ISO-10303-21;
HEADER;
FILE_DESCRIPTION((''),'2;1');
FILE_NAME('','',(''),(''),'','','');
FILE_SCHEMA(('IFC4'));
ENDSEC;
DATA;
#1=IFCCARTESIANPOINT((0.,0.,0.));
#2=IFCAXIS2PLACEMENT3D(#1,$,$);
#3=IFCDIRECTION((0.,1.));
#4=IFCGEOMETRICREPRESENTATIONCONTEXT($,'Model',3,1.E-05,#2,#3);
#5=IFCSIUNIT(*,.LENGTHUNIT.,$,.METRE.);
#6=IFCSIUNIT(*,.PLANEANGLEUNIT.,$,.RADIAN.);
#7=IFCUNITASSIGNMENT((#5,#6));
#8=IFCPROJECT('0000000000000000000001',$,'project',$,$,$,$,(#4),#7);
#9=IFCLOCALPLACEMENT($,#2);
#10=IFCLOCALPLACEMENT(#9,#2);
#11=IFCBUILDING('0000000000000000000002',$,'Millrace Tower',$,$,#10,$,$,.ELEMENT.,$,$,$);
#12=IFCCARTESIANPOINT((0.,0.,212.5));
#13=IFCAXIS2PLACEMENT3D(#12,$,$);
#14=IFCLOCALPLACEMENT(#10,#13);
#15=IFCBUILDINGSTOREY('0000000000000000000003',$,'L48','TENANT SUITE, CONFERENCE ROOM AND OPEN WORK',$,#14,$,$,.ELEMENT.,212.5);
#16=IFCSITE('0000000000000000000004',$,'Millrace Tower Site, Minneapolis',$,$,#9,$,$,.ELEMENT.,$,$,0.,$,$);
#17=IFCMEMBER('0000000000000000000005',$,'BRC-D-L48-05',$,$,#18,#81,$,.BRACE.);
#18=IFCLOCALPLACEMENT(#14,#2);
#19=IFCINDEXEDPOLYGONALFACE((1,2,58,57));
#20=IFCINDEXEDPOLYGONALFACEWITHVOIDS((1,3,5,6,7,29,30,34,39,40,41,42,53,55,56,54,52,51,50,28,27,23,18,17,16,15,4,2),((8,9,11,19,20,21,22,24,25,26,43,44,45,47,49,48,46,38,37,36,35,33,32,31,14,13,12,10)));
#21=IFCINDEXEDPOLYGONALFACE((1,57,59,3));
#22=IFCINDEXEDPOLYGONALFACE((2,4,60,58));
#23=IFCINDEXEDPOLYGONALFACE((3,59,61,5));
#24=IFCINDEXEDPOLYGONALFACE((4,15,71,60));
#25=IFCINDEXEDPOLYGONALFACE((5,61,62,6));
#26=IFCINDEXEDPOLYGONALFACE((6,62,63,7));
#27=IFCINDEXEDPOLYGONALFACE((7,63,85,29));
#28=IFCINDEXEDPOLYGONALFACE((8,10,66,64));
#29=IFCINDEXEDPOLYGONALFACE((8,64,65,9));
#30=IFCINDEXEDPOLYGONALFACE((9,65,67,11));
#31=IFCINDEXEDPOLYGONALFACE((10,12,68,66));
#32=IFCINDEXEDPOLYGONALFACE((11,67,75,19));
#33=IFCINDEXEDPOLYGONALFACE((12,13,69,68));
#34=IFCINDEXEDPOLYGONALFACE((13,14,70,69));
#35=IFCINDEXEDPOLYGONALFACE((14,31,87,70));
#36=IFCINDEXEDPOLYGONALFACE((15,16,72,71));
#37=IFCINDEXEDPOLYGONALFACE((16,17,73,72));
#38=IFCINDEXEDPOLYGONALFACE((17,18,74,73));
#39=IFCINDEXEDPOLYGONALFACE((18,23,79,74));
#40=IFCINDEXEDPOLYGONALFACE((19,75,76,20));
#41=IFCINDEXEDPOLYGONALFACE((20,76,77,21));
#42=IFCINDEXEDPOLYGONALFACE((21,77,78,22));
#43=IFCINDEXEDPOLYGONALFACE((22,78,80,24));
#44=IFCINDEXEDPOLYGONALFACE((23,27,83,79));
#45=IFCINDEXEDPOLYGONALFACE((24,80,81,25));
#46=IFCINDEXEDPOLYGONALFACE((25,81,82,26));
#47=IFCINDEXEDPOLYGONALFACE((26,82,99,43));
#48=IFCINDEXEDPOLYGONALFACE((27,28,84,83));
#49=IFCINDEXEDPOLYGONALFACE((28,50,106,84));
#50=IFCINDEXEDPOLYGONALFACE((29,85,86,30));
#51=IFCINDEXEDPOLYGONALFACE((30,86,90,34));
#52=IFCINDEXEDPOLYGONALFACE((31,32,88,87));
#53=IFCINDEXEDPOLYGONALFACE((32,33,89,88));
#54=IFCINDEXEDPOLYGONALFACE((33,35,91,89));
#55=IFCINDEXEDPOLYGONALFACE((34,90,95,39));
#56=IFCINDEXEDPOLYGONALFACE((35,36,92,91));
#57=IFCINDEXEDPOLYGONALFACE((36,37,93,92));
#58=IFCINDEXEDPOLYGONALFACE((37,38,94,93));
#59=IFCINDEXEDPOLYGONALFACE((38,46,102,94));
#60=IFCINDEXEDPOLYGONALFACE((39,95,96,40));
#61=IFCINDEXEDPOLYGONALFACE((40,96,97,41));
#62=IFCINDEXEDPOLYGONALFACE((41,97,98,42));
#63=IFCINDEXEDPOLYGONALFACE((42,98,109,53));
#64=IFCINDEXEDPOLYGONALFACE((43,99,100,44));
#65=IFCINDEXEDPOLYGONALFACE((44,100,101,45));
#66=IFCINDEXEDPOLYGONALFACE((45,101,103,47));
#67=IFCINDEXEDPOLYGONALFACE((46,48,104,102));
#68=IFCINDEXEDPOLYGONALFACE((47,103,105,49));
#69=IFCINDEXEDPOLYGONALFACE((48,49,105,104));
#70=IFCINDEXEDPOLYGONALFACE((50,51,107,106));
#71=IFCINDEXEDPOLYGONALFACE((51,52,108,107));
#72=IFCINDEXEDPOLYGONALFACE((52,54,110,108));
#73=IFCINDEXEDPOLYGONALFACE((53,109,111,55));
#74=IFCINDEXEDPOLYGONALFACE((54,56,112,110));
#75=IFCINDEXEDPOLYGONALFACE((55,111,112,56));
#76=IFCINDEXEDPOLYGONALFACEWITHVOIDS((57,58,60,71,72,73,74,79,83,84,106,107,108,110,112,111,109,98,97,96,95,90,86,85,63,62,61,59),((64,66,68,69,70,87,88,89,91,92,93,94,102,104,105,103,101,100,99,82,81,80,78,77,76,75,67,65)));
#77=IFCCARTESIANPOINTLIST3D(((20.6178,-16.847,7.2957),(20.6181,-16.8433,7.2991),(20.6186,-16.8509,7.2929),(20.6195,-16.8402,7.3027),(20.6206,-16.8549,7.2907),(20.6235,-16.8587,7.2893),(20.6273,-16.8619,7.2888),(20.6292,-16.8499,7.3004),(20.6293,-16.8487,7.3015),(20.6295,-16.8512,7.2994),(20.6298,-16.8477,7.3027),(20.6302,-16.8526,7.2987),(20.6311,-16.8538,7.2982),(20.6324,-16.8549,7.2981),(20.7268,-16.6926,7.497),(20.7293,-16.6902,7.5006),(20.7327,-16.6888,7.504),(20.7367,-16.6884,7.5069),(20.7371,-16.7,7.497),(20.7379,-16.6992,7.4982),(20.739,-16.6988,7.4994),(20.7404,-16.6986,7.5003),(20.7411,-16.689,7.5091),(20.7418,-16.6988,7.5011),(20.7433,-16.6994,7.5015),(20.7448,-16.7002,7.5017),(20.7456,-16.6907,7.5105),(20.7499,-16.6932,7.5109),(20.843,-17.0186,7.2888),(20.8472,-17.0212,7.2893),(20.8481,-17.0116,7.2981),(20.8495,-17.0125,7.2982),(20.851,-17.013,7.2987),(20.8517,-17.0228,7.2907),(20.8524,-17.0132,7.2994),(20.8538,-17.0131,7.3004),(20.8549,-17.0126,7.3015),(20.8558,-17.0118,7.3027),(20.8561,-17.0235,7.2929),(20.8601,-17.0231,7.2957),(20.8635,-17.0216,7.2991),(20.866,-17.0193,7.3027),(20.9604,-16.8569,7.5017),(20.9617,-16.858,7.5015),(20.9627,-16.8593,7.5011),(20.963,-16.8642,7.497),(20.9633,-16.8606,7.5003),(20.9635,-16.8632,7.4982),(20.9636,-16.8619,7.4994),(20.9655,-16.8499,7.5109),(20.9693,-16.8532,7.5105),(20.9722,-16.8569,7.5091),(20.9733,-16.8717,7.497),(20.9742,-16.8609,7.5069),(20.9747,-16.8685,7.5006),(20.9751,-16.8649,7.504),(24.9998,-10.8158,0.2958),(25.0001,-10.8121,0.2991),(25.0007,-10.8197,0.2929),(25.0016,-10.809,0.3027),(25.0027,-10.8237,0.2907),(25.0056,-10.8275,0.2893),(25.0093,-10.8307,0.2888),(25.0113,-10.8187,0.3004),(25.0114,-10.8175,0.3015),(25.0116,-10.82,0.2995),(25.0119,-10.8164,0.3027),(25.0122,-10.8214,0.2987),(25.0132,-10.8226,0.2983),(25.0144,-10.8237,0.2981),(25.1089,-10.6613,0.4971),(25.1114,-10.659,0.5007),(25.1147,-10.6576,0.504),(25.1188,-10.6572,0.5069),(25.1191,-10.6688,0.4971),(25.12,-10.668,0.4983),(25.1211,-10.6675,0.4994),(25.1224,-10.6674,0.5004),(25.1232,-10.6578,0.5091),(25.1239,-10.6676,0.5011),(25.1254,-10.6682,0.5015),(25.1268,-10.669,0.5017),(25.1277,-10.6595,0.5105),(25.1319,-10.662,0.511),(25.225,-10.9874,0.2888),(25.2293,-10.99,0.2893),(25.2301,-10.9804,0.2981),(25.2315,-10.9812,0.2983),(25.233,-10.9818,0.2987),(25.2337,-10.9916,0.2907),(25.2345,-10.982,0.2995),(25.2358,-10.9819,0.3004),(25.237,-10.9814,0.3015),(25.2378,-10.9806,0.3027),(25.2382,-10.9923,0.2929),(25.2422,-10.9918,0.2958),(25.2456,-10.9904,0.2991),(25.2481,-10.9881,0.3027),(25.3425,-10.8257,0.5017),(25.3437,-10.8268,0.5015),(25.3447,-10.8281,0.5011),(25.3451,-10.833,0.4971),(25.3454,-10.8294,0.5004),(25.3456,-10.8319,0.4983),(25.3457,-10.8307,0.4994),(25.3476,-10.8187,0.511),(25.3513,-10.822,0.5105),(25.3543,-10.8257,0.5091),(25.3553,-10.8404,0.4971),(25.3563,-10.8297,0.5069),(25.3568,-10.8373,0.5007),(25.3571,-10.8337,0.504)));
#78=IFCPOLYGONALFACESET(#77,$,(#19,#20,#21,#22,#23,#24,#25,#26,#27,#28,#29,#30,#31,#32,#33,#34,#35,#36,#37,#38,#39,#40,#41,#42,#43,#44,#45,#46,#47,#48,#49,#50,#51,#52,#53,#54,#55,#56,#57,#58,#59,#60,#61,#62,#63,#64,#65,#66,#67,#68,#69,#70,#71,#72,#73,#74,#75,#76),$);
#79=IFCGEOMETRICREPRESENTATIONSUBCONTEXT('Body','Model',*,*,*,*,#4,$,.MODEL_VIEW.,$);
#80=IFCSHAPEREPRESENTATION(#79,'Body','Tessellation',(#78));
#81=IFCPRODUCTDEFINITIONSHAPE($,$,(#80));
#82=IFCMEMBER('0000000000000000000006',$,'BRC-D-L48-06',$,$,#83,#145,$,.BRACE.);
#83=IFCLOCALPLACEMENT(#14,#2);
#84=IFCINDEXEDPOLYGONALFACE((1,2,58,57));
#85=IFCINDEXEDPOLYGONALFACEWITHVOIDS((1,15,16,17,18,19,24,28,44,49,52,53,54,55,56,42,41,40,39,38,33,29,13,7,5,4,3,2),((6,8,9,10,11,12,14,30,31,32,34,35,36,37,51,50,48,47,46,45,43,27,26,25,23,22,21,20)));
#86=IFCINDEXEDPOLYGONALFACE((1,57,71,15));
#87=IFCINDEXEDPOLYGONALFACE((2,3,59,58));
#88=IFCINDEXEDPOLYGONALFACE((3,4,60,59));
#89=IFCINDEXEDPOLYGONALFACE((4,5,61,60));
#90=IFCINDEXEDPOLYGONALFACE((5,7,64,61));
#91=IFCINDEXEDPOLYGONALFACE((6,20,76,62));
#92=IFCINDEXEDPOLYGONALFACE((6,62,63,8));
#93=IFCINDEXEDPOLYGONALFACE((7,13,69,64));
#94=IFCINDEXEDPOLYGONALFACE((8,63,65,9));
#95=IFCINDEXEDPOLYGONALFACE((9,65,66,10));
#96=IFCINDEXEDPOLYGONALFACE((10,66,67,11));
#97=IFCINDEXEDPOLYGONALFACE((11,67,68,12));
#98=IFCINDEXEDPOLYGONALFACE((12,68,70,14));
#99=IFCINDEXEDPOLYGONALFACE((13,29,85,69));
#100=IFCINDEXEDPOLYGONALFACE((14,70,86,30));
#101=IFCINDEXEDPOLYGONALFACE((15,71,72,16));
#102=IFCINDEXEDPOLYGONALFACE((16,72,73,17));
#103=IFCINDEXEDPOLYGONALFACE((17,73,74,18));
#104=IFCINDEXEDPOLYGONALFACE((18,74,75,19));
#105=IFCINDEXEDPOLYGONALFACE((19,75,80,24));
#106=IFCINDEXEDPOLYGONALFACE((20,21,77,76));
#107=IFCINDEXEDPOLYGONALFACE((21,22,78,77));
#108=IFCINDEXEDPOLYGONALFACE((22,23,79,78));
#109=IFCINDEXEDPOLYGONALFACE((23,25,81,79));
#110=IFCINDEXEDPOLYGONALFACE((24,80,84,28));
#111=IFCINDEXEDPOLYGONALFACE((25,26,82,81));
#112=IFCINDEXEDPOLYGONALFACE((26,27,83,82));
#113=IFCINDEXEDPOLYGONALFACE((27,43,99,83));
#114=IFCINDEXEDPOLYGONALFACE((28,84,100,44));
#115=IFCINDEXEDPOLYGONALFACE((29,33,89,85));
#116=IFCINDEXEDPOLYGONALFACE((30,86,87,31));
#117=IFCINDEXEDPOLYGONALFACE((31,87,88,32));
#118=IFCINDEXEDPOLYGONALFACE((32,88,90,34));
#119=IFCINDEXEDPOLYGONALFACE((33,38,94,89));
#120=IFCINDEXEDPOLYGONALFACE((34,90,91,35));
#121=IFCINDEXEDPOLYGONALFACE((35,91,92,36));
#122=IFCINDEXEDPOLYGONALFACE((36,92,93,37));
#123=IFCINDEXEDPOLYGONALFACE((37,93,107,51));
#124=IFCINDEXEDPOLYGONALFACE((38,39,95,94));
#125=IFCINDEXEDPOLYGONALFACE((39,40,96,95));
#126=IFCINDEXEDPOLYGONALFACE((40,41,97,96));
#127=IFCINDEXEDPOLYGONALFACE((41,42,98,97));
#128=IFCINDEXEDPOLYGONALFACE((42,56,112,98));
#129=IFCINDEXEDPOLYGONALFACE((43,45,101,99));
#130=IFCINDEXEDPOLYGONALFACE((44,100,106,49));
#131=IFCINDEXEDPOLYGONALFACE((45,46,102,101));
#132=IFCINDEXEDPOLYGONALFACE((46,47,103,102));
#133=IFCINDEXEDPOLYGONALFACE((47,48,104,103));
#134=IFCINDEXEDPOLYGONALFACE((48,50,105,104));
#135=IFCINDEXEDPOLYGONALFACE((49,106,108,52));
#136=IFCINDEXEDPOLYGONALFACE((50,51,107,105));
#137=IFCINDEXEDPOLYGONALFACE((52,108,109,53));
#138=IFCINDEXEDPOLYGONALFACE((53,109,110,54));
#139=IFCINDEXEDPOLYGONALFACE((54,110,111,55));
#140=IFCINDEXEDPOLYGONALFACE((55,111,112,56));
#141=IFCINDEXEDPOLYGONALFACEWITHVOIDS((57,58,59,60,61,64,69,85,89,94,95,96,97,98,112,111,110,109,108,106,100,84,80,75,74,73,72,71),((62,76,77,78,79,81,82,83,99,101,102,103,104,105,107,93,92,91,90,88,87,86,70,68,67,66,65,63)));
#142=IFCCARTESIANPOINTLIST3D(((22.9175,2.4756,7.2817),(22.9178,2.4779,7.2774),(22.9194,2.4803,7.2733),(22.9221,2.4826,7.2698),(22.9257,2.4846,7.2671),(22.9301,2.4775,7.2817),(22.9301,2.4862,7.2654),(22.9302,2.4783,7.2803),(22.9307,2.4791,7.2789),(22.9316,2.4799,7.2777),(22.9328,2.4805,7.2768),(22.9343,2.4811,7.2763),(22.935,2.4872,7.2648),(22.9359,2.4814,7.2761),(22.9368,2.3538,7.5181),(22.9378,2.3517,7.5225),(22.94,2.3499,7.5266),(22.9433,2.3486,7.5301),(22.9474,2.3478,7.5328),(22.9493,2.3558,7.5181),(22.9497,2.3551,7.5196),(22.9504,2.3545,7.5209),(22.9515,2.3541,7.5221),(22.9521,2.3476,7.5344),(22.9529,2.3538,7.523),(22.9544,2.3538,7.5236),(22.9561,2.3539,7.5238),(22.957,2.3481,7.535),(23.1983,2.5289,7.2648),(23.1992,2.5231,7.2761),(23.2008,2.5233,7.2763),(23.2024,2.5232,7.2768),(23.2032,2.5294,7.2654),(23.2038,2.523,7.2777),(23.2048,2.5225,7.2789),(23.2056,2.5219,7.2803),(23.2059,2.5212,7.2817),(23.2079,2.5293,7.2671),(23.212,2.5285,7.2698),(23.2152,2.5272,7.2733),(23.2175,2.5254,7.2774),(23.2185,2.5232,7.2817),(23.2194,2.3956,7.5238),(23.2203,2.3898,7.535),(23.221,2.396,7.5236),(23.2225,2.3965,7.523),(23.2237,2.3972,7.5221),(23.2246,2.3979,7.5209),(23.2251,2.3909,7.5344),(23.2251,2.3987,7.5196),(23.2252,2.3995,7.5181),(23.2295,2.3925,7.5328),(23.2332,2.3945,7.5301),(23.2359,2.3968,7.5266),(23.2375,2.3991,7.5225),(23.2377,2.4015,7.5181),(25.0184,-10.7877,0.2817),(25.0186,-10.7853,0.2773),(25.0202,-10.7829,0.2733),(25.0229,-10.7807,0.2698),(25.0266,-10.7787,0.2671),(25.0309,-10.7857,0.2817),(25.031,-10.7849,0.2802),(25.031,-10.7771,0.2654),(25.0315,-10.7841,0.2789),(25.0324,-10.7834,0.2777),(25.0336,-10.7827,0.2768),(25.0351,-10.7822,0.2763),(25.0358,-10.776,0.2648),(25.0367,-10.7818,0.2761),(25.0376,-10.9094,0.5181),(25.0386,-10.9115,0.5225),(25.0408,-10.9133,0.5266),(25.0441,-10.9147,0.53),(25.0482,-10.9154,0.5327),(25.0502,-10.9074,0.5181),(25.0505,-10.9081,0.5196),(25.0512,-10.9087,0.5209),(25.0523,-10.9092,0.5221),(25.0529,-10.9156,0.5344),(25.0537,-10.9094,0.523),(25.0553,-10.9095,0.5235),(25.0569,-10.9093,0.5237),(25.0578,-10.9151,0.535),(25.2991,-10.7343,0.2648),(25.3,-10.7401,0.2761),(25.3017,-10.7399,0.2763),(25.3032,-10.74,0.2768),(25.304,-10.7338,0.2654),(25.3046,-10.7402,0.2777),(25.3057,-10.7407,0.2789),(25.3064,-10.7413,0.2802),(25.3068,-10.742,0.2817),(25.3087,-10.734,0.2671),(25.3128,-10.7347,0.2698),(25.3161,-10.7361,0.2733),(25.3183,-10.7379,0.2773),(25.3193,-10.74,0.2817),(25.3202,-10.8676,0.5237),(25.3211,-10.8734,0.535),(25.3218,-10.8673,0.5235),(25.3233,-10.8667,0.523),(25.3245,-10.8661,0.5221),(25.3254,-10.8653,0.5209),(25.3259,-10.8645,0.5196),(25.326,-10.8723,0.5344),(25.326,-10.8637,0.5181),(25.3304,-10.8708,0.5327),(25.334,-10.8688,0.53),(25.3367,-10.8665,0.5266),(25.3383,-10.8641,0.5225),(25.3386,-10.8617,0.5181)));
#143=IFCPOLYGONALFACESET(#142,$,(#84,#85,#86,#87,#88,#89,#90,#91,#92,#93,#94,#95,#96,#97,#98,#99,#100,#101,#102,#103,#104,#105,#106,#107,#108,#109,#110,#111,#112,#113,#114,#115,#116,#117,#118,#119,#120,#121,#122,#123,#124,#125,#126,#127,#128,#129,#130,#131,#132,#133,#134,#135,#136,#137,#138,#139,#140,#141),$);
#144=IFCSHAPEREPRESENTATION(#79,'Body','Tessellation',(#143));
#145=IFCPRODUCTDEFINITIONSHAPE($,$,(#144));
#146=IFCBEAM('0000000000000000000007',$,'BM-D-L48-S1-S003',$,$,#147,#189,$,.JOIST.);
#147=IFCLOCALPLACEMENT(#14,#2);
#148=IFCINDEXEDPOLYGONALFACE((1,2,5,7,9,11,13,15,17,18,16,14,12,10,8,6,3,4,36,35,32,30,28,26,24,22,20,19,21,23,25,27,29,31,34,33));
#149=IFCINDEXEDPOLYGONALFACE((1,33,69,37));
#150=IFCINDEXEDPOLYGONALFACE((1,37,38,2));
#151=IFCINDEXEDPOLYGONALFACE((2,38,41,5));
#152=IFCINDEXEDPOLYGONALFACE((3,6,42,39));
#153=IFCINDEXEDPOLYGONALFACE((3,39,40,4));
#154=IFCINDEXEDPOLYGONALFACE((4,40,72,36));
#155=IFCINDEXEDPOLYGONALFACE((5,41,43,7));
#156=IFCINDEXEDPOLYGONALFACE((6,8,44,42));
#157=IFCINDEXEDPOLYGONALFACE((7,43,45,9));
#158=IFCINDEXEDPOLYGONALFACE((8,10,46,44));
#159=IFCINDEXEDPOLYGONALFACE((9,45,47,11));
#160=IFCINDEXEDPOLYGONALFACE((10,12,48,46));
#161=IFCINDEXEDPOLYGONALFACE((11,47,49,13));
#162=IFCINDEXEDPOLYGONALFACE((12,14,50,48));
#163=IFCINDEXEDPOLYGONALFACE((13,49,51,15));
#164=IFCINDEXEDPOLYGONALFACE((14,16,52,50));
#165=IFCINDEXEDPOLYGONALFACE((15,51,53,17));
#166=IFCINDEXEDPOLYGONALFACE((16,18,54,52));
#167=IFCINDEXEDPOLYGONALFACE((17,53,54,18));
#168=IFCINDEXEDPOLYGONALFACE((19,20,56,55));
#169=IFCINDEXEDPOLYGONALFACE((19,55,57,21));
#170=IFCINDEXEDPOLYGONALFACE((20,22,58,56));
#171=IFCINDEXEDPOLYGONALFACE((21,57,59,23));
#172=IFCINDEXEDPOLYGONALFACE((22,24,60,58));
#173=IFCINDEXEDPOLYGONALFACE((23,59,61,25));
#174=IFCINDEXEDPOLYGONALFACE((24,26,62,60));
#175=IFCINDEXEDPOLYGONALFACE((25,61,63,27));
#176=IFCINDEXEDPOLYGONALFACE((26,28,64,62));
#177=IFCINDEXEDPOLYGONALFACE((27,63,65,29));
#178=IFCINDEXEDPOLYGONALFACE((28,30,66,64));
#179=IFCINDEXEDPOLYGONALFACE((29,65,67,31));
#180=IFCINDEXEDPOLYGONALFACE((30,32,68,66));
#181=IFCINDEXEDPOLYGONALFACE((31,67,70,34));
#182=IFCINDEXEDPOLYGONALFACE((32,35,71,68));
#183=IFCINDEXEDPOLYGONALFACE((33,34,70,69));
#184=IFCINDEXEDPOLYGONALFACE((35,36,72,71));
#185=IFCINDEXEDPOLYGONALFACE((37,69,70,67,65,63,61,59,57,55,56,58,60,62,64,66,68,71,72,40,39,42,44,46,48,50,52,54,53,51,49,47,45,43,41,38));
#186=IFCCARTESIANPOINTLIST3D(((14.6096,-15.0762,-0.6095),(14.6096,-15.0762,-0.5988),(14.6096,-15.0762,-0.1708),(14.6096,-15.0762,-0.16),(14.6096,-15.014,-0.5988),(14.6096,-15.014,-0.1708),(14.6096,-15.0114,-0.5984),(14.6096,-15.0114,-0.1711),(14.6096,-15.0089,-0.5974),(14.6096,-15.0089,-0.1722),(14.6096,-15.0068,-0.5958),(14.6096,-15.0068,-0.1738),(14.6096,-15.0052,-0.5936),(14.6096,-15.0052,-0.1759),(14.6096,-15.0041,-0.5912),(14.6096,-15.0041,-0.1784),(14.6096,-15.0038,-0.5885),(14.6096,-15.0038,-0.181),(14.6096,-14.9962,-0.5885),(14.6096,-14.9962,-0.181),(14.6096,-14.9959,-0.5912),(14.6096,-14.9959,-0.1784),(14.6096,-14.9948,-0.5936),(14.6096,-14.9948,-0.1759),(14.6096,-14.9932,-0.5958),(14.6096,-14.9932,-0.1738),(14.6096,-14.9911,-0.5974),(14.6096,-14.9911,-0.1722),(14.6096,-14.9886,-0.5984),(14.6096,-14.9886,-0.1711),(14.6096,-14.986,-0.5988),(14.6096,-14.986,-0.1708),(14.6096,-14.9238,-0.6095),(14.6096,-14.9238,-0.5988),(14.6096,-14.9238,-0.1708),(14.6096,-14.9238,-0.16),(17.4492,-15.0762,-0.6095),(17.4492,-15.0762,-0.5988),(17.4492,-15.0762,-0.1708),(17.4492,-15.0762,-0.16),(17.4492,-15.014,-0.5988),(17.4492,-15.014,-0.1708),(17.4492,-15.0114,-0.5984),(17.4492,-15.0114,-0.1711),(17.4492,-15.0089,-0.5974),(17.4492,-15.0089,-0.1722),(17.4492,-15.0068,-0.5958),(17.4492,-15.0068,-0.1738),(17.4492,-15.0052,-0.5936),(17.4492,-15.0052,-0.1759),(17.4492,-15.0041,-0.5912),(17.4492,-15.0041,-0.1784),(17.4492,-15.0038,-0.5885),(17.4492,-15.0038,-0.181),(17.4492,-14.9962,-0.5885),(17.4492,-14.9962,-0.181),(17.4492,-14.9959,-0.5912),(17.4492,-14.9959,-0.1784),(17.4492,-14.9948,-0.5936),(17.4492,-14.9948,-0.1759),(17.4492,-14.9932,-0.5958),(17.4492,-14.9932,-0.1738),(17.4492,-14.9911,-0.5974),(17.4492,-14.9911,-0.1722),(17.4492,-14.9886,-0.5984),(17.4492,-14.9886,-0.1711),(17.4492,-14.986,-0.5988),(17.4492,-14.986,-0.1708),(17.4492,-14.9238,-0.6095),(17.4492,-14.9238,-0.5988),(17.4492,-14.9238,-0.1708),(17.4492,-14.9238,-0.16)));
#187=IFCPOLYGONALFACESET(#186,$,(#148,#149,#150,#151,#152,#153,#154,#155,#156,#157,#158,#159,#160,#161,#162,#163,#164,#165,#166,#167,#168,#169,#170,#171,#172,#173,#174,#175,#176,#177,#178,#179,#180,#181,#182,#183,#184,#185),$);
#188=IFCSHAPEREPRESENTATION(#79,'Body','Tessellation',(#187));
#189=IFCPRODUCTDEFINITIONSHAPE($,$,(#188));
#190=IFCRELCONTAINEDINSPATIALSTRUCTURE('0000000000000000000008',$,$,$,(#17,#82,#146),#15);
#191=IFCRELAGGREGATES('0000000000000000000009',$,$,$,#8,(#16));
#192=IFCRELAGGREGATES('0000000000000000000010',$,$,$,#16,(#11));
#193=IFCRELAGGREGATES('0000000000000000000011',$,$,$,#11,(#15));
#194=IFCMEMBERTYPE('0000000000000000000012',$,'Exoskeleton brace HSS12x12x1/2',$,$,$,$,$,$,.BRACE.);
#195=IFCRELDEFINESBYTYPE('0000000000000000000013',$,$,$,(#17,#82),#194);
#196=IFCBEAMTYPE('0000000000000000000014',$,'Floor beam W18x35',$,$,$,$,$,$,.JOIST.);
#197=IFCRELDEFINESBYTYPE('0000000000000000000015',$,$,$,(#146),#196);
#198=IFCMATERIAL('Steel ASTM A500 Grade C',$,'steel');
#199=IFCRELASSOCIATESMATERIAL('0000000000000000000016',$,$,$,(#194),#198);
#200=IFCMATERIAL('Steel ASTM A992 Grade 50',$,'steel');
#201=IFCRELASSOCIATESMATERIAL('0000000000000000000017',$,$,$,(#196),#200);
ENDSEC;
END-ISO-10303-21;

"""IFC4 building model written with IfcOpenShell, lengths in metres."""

from ifc_helpers import new_model, si_unit, direction, frame, origin, origin_2d, place, context, subcontext, project, spatial, hollow_rectangle, i_section, extrude, material, material_profile, profile_set, type_object, element, save


model = new_model("IFC4")

# Units and contexts
model_context = context("Model", 3, precision=1e-05, world=origin(), true_north=direction((0.0, 1.0)))
body_context = subcontext(model_context, "Body", "Model", "MODEL_VIEW")
ifc_project = project(units=[si_unit("LENGTHUNIT", "METRE"), si_unit("PLANEANGLEUNIT", "RADIAN")], contexts=[model_context])

# Site, building, storey
site_placement = place(None, origin())
site = spatial("IfcSite", under=ifc_project, at=site_placement, Name="Millrace Tower Site, Minneapolis", CompositionType="ELEMENT", RefElevation=0.0)
building_placement = place(site_placement, origin())
building = spatial("IfcBuilding", under=site, at=building_placement, Name="Millrace Tower", CompositionType="ELEMENT")
storey_placement = place(building_placement, frame((0.0, 0.0, 212.5)))
storey = spatial("IfcBuildingStorey", under=building, at=storey_placement, Name="L48", Description="TENANT SUITE, CONFERENCE ROOM AND OPEN WORK", CompositionType="ELEMENT", Elevation=212.5)

# Members
ifc_material_1 = material(Name="Steel ASTM A500 Grade C", Category="steel")
ifc_material_profile_1 = material_profile(ifc_material_1, hollow_rectangle(XDim=0.3047, YDim=0.3047, WallThickness=0.0127, InnerFilletRadius=0.0063, OuterFilletRadius=0.019, at=origin_2d()))
ifc_profile_set_1 = profile_set([ifc_material_profile_1], Name="Steel ASTM A500 Grade C")
member_type_1 = type_object("IfcMemberType", Name="Exoskeleton brace HSS12x12x1/2", PredefinedType="BRACE", material=ifc_profile_set_1)
member_1_placement = place(storey_placement, frame((25.1785, -10.8247, 0.3999), z_axis=(-0.428508, -0.589774, 0.684505), x_axis=(0.809009, -0.587796, 0.0)))
element("IfcMember", 1, at=member_1_placement, inside=storey, type_object=member_type_1, Name="BRC-D-L48-05", PredefinedType="BRACE", context=body_context, shape_type="SweptSolid", body=[
    extrude(hollow_rectangle(XDim=0.3047, YDim=0.3047, WallThickness=0.0127, InnerFilletRadius=0.0063, OuterFilletRadius=0.019, at=origin_2d()), origin(), (0.0, 0.0, 1.0), 10.2263),
])
member_2_placement = place(storey_placement, frame((25.1785, -10.8247, 0.3999), z_axis=(-0.138728, 0.875834, 0.462245), x_axis=(-0.987687, -0.156445, 0.0)))
element("IfcMember", 2, at=member_2_placement, inside=storey, type_object=member_type_1, Name="BRC-D-L48-06", PredefinedType="BRACE", context=body_context, shape_type="SweptSolid", body=[
    extrude(hollow_rectangle(XDim=0.3047, YDim=0.3047, WallThickness=0.0127, InnerFilletRadius=0.0063, OuterFilletRadius=0.019, at=origin_2d()), origin(), (0.0, 0.0, 1.0), 15.1436),
])

# Beam
ifc_material_2 = material(Name="Steel ASTM A992 Grade 50", Category="steel")
ifc_material_profile_2 = material_profile(ifc_material_2, i_section(OverallWidth=0.1523, OverallDepth=0.4495, WebThickness=0.0076, FlangeThickness=0.0107, FilletRadius=0.0103, at=origin_2d()))
ifc_profile_set_2 = profile_set([ifc_material_profile_2], Name="Steel ASTM A992 Grade 50")
beam_type_1 = type_object("IfcBeamType", Name="Floor beam W18x35", PredefinedType="JOIST", material=ifc_profile_set_2)
beam_1_placement = place(storey_placement, frame((14.6096, -15.0, -0.3848), z_axis=(1.0, 0.0, 0.0), x_axis=(0.0, 1.0, 0.0)))
element("IfcBeam", 3, at=beam_1_placement, inside=storey, type_object=beam_type_1, Name="BM-D-L48-S1-S003", PredefinedType="JOIST", context=body_context, shape_type="SweptSolid", body=[
    extrude(i_section(OverallWidth=0.1523, OverallDepth=0.4495, WebThickness=0.0076, FlangeThickness=0.0107, FilletRadius=0.0103, at=origin_2d()), origin(), (0.0, 0.0, 1.0), 2.8396),
])

save(model, "model.ifc")
